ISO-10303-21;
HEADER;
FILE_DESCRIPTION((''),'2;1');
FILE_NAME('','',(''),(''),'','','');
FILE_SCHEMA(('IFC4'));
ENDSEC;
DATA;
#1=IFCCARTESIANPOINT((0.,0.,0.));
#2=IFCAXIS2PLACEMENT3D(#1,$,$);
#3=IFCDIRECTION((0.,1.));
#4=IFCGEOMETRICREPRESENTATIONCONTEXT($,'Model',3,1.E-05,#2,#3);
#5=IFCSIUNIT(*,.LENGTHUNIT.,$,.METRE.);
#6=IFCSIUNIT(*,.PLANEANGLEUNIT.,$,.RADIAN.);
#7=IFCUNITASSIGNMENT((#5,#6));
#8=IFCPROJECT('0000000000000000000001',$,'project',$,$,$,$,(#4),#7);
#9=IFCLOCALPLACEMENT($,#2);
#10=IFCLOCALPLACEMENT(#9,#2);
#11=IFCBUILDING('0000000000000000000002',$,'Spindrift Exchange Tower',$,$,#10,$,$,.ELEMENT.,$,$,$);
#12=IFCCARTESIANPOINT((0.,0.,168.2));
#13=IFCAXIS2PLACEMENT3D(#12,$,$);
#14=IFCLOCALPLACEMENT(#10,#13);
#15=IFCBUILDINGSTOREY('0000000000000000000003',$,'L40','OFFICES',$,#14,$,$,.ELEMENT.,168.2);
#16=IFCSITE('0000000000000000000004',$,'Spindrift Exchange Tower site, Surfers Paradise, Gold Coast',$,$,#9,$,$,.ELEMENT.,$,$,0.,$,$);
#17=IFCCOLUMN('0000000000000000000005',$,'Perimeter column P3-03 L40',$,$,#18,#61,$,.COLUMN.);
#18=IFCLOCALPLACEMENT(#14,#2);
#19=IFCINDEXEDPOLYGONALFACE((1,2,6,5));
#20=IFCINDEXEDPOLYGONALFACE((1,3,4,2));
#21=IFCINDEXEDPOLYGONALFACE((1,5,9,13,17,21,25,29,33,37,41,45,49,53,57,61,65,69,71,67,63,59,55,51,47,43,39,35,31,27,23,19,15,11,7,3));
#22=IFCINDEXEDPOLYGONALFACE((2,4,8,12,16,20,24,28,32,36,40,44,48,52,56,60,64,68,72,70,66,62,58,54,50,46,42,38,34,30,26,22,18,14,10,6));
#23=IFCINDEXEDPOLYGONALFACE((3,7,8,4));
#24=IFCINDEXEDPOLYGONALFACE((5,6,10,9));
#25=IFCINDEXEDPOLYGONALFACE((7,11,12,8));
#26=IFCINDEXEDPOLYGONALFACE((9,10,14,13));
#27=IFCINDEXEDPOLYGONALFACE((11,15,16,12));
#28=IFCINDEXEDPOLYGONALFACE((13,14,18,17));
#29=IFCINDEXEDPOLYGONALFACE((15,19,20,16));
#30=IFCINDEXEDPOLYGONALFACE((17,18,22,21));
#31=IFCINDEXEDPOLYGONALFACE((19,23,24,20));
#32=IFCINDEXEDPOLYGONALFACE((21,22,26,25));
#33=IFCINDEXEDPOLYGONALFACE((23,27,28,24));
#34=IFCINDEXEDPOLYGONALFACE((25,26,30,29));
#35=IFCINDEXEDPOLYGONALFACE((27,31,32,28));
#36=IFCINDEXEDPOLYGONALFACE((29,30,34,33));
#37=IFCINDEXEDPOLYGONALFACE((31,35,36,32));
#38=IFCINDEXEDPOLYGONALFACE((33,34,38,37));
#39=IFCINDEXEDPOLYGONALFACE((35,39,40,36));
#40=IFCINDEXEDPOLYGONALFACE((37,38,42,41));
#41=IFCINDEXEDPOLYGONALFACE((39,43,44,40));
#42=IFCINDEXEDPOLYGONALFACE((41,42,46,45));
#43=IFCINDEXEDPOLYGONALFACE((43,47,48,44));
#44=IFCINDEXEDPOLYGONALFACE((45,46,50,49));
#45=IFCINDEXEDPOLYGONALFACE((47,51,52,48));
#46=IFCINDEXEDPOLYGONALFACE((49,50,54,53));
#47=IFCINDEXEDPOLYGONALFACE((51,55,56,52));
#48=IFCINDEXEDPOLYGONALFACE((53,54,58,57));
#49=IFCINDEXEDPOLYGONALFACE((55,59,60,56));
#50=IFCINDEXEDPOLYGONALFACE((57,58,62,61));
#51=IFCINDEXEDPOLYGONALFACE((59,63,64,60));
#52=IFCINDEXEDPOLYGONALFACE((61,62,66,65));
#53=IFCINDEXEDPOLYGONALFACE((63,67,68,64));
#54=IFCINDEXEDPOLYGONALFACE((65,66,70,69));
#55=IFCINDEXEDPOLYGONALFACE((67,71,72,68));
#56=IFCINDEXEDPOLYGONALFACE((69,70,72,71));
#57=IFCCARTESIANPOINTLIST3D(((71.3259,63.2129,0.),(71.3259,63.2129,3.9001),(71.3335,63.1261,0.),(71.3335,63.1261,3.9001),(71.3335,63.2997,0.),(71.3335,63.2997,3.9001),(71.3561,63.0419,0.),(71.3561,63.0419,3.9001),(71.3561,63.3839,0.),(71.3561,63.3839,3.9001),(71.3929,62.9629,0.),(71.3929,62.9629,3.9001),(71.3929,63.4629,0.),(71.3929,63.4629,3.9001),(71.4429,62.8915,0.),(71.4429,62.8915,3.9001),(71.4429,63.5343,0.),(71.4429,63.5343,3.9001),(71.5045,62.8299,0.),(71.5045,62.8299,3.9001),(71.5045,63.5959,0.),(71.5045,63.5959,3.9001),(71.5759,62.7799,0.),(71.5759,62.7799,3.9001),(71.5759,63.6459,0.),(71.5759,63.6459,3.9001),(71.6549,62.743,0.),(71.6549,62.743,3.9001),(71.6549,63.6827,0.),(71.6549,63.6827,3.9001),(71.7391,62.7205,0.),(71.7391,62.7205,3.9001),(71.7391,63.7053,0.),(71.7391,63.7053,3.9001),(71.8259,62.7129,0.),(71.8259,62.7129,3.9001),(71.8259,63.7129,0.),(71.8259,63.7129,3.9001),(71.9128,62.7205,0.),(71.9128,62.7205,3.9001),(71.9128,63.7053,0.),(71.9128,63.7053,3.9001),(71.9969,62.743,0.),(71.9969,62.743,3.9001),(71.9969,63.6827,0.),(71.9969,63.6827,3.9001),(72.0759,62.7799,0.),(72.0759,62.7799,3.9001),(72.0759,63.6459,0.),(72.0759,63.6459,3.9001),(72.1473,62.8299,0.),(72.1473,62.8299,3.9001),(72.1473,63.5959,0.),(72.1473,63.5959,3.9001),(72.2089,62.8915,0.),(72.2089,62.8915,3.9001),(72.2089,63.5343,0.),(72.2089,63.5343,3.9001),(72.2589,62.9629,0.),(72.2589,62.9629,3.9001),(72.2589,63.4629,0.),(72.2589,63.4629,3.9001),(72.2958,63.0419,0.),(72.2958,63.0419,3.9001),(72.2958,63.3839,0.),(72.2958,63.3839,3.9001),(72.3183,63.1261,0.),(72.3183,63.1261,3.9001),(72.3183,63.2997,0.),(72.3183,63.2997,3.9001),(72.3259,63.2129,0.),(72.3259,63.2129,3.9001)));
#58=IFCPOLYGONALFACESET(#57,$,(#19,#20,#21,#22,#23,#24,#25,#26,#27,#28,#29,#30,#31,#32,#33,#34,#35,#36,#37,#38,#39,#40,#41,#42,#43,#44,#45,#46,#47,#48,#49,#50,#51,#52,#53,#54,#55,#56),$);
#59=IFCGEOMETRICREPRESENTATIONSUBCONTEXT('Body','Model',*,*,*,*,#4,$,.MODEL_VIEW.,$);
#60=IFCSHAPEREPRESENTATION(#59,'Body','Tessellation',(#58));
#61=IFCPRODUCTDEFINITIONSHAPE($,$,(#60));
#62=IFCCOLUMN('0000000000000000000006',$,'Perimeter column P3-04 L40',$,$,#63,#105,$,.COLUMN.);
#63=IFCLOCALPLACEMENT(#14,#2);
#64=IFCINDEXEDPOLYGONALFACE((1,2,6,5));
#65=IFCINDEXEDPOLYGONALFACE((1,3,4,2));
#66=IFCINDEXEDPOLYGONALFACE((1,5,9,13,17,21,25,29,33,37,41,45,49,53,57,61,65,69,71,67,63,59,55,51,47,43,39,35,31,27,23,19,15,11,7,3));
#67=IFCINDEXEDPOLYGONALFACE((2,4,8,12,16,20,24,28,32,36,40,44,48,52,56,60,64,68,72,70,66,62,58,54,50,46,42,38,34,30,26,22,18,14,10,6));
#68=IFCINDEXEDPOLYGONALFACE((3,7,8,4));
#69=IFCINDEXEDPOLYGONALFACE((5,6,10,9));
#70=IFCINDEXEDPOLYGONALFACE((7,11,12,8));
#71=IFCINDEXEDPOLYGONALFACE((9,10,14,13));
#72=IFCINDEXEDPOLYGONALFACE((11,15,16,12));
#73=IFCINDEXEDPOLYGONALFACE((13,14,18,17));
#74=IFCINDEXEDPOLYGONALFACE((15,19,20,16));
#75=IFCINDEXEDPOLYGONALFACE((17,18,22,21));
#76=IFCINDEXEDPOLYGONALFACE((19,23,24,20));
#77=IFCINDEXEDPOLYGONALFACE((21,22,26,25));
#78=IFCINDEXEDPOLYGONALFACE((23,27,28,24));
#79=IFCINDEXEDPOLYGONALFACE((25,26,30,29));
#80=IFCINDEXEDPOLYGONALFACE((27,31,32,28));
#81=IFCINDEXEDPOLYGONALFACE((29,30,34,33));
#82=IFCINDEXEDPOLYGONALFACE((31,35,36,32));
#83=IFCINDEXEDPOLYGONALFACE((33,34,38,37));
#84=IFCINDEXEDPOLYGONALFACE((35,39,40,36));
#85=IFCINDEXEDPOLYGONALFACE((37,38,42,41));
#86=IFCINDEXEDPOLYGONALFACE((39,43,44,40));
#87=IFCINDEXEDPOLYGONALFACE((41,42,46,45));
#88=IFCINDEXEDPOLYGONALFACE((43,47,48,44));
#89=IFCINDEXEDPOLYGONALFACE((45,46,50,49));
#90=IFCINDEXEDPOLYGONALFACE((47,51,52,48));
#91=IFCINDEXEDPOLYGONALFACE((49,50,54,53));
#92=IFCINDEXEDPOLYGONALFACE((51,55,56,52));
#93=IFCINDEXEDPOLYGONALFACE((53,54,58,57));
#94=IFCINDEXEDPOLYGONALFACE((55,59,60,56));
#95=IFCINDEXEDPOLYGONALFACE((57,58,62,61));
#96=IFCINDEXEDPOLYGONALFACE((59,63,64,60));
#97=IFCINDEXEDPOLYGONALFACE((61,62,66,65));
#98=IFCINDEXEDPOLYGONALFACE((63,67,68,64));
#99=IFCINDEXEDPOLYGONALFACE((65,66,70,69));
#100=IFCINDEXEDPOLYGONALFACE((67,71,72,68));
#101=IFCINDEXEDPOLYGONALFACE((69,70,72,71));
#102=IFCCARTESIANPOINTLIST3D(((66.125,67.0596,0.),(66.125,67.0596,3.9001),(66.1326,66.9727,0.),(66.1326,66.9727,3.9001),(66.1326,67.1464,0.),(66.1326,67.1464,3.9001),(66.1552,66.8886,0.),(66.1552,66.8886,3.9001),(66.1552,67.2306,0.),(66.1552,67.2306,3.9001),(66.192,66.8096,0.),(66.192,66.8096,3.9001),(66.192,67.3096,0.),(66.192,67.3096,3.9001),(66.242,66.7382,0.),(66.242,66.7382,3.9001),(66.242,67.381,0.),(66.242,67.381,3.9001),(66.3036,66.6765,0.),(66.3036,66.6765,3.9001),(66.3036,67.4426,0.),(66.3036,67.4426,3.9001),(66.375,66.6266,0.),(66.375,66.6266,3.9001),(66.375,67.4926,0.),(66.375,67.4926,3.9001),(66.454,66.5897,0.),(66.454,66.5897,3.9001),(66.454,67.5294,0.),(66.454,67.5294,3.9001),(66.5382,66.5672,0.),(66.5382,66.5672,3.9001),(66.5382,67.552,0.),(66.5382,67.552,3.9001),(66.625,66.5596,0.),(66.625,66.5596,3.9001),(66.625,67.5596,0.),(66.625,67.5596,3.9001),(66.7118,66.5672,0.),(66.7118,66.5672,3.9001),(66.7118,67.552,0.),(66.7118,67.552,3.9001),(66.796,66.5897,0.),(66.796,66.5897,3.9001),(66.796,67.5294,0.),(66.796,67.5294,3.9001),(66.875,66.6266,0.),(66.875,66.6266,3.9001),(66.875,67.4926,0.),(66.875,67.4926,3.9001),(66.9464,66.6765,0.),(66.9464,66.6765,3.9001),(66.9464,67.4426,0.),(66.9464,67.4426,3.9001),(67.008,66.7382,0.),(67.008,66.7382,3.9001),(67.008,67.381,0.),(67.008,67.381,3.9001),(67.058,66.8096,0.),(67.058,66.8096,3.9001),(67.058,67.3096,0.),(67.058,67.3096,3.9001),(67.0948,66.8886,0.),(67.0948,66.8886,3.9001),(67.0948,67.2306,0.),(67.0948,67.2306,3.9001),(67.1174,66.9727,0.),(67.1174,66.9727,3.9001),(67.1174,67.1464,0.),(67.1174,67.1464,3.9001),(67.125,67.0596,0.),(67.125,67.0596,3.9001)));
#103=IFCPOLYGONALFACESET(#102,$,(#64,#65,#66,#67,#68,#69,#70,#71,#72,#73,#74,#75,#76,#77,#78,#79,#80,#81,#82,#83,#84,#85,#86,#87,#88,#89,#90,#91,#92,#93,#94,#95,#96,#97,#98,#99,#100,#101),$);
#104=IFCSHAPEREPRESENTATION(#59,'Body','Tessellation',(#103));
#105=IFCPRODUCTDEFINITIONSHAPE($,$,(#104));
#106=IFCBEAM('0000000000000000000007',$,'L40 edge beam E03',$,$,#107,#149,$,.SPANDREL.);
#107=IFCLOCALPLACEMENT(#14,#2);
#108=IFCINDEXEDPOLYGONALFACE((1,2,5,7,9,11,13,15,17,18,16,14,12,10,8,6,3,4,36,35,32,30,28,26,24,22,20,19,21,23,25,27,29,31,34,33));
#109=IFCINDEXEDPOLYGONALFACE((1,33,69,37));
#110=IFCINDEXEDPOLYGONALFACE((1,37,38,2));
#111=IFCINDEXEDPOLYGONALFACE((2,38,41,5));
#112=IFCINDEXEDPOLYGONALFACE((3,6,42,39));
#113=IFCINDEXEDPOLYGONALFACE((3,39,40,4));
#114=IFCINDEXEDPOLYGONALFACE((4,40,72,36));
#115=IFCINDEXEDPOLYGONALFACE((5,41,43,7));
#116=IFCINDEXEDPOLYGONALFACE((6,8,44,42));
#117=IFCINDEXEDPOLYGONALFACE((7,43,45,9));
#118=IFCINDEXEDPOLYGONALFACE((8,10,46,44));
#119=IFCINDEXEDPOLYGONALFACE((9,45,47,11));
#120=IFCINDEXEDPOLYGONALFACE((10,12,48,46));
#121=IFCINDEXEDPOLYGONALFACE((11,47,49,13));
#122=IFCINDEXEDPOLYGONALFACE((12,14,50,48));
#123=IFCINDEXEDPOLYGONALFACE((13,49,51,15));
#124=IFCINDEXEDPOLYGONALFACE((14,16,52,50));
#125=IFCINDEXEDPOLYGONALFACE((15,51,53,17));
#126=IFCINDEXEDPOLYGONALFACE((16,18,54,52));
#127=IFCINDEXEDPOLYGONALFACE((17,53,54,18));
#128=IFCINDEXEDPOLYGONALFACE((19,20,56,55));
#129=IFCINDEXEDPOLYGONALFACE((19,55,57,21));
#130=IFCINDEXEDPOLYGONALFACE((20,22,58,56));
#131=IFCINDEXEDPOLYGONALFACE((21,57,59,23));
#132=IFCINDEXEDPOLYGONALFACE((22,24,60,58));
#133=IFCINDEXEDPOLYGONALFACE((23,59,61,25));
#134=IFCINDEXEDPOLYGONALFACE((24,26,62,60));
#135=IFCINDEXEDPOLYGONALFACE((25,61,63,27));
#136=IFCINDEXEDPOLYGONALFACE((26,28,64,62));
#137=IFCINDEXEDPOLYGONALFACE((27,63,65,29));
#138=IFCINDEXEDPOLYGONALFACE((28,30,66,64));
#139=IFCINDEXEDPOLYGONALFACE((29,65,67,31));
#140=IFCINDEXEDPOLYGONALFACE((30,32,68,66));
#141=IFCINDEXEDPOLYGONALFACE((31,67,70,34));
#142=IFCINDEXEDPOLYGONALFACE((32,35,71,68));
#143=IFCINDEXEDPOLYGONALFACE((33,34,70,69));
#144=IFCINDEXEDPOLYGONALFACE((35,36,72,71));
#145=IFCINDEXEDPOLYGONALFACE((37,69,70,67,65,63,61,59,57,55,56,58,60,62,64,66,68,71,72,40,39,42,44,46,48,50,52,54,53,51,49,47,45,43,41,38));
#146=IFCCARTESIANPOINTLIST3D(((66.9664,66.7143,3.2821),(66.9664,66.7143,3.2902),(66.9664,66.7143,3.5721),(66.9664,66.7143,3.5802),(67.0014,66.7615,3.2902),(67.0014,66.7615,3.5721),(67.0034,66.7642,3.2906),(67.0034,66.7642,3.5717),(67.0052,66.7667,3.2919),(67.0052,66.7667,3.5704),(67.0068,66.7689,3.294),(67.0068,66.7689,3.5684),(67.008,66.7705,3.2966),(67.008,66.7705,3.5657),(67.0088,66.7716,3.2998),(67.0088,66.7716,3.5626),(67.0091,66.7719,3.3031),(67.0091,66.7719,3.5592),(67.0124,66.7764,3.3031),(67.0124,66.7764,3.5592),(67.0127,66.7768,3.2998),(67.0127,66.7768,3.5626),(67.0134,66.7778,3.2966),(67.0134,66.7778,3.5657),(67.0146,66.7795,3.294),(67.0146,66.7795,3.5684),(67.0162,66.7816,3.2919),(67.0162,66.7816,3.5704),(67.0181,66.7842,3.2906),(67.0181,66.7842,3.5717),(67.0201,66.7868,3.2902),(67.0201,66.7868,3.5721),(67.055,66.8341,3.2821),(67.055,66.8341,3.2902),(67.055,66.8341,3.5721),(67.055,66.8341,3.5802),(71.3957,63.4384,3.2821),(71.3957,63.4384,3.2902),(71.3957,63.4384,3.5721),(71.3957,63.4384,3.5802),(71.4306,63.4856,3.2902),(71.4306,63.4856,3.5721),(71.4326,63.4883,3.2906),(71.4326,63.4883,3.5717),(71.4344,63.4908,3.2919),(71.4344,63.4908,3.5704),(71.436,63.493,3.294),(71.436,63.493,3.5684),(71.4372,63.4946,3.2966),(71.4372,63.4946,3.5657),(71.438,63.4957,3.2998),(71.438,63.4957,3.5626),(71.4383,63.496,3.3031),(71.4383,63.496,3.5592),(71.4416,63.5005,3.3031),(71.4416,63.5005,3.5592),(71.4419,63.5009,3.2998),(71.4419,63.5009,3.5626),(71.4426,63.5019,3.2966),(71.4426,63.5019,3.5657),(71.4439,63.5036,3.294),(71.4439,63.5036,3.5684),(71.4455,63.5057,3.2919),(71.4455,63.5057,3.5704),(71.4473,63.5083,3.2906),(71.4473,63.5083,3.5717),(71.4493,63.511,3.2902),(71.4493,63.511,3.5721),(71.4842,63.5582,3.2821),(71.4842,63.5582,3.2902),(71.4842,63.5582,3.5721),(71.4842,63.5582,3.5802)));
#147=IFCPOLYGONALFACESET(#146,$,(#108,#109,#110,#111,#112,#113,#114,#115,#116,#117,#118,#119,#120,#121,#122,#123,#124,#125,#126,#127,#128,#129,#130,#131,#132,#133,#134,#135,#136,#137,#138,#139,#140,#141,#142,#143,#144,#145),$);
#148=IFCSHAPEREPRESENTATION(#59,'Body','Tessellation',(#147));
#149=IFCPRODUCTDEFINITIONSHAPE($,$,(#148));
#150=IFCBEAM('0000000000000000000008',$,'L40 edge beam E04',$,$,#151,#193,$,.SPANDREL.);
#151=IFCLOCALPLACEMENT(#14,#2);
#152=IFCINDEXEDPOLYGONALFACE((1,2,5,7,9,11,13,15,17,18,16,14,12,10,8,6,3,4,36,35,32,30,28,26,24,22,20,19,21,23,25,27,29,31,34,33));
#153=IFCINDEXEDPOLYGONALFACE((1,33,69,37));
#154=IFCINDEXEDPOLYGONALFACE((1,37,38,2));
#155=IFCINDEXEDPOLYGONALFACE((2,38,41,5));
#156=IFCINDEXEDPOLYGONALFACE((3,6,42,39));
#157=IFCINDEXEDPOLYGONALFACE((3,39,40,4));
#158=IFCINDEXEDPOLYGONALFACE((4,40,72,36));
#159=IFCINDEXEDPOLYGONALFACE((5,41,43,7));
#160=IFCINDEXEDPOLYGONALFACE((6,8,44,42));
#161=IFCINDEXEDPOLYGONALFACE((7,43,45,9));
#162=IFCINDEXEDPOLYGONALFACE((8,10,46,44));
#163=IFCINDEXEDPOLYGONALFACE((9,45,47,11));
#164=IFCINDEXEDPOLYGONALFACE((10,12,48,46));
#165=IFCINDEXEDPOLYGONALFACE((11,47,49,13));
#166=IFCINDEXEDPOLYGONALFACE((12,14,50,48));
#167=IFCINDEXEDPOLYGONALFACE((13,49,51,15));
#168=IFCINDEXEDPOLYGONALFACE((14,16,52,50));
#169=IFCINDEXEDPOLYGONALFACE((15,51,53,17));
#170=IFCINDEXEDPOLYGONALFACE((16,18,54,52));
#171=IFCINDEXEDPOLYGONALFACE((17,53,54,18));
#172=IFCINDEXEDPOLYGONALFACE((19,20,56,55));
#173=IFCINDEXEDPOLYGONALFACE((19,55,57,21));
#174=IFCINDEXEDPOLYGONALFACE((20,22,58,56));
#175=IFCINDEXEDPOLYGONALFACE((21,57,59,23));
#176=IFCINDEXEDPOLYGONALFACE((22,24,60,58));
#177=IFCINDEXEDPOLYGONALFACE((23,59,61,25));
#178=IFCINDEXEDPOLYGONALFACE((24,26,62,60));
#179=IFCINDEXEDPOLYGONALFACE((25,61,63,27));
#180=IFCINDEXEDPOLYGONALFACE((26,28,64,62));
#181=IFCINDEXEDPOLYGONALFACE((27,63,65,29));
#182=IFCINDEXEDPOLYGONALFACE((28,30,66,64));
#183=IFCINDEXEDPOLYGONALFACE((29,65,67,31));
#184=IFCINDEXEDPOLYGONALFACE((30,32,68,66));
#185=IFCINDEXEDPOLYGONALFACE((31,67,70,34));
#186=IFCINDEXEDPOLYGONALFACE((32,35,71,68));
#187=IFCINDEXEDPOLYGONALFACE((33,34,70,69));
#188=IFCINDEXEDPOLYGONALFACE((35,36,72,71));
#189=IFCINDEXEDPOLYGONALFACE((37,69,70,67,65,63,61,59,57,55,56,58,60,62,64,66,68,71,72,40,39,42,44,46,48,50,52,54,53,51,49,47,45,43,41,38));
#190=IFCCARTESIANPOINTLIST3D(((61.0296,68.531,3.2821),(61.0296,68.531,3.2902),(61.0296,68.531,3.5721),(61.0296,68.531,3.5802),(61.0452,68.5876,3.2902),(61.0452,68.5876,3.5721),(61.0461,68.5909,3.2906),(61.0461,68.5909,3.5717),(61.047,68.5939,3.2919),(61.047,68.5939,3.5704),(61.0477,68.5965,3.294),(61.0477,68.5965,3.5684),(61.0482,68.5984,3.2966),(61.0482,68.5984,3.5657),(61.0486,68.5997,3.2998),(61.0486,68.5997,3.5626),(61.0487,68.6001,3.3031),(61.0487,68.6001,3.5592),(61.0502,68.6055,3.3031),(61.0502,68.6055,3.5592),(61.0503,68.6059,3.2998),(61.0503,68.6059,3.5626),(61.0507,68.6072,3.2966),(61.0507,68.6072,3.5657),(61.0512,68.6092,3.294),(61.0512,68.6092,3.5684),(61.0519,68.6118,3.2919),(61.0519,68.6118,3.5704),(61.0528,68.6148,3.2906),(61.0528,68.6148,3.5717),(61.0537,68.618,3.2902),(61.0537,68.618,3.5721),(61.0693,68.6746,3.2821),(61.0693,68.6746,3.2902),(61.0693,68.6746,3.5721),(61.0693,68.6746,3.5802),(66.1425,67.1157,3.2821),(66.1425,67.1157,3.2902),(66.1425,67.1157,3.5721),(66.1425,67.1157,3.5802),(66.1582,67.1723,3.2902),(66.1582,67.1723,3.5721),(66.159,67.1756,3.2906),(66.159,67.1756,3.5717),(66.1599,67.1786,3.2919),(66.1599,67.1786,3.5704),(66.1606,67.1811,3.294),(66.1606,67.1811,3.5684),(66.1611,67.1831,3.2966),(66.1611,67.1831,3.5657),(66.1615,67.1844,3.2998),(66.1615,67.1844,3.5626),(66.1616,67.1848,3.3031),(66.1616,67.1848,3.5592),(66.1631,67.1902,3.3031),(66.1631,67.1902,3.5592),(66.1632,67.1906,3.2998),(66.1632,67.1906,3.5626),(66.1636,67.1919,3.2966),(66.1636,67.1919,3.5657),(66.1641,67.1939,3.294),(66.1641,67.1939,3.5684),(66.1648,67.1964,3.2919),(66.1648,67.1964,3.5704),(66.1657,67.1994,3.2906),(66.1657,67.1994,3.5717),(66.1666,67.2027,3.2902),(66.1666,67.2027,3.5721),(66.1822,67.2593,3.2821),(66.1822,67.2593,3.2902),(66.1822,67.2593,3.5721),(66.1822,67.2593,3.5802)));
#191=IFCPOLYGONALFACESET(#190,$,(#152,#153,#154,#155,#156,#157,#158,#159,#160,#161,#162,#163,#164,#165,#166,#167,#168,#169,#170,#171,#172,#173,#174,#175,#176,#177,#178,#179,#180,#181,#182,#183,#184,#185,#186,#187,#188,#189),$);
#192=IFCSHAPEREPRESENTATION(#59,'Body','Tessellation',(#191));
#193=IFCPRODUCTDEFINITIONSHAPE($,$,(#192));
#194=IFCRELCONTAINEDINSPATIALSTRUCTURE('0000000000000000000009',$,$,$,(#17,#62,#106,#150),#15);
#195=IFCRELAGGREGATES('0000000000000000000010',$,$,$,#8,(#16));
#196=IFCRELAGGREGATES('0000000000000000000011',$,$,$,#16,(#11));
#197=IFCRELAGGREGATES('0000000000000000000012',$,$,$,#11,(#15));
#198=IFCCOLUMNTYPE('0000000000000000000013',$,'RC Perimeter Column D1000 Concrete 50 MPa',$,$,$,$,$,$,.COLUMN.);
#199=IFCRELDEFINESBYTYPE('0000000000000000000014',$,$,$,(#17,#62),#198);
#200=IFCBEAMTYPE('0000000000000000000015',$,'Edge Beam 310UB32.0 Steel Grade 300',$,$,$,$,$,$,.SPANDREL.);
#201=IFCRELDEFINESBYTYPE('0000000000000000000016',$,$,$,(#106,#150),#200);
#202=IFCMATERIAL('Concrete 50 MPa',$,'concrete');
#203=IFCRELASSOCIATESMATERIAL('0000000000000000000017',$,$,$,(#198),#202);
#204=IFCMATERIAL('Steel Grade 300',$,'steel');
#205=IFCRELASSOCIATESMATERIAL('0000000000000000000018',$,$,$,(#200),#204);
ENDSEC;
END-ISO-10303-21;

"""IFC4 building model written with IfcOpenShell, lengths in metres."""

from ifc_helpers import new_model, si_unit, direction, frame, origin, origin_2d, place, context, subcontext, project, spatial, circle, i_section, extrude, source, transform, mapped, material, material_profile, profile_set, type_object, element, save


model = new_model("IFC4")

# Units and contexts
model_context = context("Model", 3, precision=1e-05, world=origin(), true_north=direction((0.0, 1.0)))
body_context = subcontext(model_context, "Body", "Model", "MODEL_VIEW")
ifc_project = project(units=[si_unit("LENGTHUNIT", "METRE"), si_unit("PLANEANGLEUNIT", "RADIAN")], contexts=[model_context])

# Site, building, storey
site_placement = place(None, origin())
site = spatial("IfcSite", under=ifc_project, at=site_placement, Name="Spindrift Exchange Tower site, Surfers Paradise, Gold Coast", CompositionType="ELEMENT", RefElevation=0.0)
building_placement = place(site_placement, origin())
building = spatial("IfcBuilding", under=site, at=building_placement, Name="Spindrift Exchange Tower", CompositionType="ELEMENT")
storey_placement = place(building_placement, frame((0.0, 0.0, 168.2)))
storey = spatial("IfcBuildingStorey", under=building, at=storey_placement, Name="L40", Description="OFFICES", CompositionType="ELEMENT", Elevation=168.2)

# Columns
ifc_material_1 = material(Name="Concrete 50 MPa", Category="concrete")
ifc_material_profile_1 = material_profile(ifc_material_1, circle(Radius=0.5, at=origin_2d()), Name="RC D1000")
ifc_profile_set_1 = profile_set([ifc_material_profile_1], Name="Concrete 50 MPa")
column_type = type_object("IfcColumnType", Name="RC Perimeter Column D1000 Concrete 50 MPa", PredefinedType="COLUMN", material=ifc_profile_set_1)
shared_shape_1 = source(origin(), body_context, "Body", "SweptSolid", [
    extrude(circle(Radius=0.5, at=origin_2d()), origin(), (0.0, 0.0, 1.0), 3.9001),
])
for number, where, z_axis, x_axis, name in (
    (1, (71.8259, 63.2129, 0.0), (0.0, 0.0, 1.0), (1.0, 0.0, 0.0), "Perimeter column P3-03 L40"),
    (2, (66.625, 67.0596, 0.0), (0.0, 0.0, 1.0), (1.0, 0.0, 0.0), "Perimeter column P3-04 L40"),
):
    element("IfcColumn", number, at=place(storey_placement, frame(where, z_axis=z_axis, x_axis=x_axis)), inside=storey, type_object=column_type, Name=name, PredefinedType="COLUMN", context=body_context, shape_type="MappedRepresentation", body=[
        mapped(shared_shape_1, transform((0.0, 0.0, 0.0), scale=1.0)),
    ])

# Beams
ifc_material_2 = material(Name="Steel Grade 300", Category="steel")
ifc_material_profile_2 = material_profile(ifc_material_2, i_section(OverallWidth=0.1489, OverallDepth=0.2981, WebThickness=0.0056, FlangeThickness=0.0081, FilletRadius=0.0129, at=origin_2d()), Name="310UB32.0")
ifc_profile_set_2 = profile_set([ifc_material_profile_2], Name="Steel Grade 300")
beam_type_1 = type_object("IfcBeamType", Name="Edge Beam 310UB32.0 Steel Grade 300", PredefinedType="SPANDREL", material=ifc_profile_set_2)
shared_shape_2 = source(origin(), body_context, "Body", "SweptSolid", [
    extrude(i_section(OverallWidth=0.1489, OverallDepth=0.2981, WebThickness=0.0056, FlangeThickness=0.0081, FilletRadius=0.0129, at=origin_2d()), origin(), (0.0, 0.0, 1.0), 5.509),
])
beam_1_placement = place(storey_placement, frame((71.4399, 63.4983, 3.4312), z_axis=(-0.803992, 0.59464, 0.0), x_axis=(-0.59464, -0.803992, 0.0)))
element("IfcBeam", 3, at=beam_1_placement, inside=storey, type_object=beam_type_1, Name="L40 edge beam E03", PredefinedType="SPANDREL", context=body_context, shape_type="MappedRepresentation", body=[
    mapped(shared_shape_2, transform((0.0, 0.0, 0.0), scale=1.0)),
])
shared_shape_3 = source(origin(), body_context, "Body", "SweptSolid", [
    extrude(i_section(OverallWidth=0.1489, OverallDepth=0.2981, WebThickness=0.0056, FlangeThickness=0.0081, FilletRadius=0.0129, at=origin_2d()), origin(), (0.0, 0.0, 1.0), 5.3052),
])
beam_2_placement = place(storey_placement, frame((66.1624, 67.1875, 3.4312), z_axis=(-0.963758, 0.26678, 0.0), x_axis=(-0.26678, -0.963758, 0.0)))
element("IfcBeam", 4, at=beam_2_placement, inside=storey, type_object=beam_type_1, Name="L40 edge beam E04", PredefinedType="SPANDREL", context=body_context, shape_type="MappedRepresentation", body=[
    mapped(shared_shape_3, transform((0.0, 0.0, 0.0), scale=1.0)),
])

save(model, "model.ifc")
